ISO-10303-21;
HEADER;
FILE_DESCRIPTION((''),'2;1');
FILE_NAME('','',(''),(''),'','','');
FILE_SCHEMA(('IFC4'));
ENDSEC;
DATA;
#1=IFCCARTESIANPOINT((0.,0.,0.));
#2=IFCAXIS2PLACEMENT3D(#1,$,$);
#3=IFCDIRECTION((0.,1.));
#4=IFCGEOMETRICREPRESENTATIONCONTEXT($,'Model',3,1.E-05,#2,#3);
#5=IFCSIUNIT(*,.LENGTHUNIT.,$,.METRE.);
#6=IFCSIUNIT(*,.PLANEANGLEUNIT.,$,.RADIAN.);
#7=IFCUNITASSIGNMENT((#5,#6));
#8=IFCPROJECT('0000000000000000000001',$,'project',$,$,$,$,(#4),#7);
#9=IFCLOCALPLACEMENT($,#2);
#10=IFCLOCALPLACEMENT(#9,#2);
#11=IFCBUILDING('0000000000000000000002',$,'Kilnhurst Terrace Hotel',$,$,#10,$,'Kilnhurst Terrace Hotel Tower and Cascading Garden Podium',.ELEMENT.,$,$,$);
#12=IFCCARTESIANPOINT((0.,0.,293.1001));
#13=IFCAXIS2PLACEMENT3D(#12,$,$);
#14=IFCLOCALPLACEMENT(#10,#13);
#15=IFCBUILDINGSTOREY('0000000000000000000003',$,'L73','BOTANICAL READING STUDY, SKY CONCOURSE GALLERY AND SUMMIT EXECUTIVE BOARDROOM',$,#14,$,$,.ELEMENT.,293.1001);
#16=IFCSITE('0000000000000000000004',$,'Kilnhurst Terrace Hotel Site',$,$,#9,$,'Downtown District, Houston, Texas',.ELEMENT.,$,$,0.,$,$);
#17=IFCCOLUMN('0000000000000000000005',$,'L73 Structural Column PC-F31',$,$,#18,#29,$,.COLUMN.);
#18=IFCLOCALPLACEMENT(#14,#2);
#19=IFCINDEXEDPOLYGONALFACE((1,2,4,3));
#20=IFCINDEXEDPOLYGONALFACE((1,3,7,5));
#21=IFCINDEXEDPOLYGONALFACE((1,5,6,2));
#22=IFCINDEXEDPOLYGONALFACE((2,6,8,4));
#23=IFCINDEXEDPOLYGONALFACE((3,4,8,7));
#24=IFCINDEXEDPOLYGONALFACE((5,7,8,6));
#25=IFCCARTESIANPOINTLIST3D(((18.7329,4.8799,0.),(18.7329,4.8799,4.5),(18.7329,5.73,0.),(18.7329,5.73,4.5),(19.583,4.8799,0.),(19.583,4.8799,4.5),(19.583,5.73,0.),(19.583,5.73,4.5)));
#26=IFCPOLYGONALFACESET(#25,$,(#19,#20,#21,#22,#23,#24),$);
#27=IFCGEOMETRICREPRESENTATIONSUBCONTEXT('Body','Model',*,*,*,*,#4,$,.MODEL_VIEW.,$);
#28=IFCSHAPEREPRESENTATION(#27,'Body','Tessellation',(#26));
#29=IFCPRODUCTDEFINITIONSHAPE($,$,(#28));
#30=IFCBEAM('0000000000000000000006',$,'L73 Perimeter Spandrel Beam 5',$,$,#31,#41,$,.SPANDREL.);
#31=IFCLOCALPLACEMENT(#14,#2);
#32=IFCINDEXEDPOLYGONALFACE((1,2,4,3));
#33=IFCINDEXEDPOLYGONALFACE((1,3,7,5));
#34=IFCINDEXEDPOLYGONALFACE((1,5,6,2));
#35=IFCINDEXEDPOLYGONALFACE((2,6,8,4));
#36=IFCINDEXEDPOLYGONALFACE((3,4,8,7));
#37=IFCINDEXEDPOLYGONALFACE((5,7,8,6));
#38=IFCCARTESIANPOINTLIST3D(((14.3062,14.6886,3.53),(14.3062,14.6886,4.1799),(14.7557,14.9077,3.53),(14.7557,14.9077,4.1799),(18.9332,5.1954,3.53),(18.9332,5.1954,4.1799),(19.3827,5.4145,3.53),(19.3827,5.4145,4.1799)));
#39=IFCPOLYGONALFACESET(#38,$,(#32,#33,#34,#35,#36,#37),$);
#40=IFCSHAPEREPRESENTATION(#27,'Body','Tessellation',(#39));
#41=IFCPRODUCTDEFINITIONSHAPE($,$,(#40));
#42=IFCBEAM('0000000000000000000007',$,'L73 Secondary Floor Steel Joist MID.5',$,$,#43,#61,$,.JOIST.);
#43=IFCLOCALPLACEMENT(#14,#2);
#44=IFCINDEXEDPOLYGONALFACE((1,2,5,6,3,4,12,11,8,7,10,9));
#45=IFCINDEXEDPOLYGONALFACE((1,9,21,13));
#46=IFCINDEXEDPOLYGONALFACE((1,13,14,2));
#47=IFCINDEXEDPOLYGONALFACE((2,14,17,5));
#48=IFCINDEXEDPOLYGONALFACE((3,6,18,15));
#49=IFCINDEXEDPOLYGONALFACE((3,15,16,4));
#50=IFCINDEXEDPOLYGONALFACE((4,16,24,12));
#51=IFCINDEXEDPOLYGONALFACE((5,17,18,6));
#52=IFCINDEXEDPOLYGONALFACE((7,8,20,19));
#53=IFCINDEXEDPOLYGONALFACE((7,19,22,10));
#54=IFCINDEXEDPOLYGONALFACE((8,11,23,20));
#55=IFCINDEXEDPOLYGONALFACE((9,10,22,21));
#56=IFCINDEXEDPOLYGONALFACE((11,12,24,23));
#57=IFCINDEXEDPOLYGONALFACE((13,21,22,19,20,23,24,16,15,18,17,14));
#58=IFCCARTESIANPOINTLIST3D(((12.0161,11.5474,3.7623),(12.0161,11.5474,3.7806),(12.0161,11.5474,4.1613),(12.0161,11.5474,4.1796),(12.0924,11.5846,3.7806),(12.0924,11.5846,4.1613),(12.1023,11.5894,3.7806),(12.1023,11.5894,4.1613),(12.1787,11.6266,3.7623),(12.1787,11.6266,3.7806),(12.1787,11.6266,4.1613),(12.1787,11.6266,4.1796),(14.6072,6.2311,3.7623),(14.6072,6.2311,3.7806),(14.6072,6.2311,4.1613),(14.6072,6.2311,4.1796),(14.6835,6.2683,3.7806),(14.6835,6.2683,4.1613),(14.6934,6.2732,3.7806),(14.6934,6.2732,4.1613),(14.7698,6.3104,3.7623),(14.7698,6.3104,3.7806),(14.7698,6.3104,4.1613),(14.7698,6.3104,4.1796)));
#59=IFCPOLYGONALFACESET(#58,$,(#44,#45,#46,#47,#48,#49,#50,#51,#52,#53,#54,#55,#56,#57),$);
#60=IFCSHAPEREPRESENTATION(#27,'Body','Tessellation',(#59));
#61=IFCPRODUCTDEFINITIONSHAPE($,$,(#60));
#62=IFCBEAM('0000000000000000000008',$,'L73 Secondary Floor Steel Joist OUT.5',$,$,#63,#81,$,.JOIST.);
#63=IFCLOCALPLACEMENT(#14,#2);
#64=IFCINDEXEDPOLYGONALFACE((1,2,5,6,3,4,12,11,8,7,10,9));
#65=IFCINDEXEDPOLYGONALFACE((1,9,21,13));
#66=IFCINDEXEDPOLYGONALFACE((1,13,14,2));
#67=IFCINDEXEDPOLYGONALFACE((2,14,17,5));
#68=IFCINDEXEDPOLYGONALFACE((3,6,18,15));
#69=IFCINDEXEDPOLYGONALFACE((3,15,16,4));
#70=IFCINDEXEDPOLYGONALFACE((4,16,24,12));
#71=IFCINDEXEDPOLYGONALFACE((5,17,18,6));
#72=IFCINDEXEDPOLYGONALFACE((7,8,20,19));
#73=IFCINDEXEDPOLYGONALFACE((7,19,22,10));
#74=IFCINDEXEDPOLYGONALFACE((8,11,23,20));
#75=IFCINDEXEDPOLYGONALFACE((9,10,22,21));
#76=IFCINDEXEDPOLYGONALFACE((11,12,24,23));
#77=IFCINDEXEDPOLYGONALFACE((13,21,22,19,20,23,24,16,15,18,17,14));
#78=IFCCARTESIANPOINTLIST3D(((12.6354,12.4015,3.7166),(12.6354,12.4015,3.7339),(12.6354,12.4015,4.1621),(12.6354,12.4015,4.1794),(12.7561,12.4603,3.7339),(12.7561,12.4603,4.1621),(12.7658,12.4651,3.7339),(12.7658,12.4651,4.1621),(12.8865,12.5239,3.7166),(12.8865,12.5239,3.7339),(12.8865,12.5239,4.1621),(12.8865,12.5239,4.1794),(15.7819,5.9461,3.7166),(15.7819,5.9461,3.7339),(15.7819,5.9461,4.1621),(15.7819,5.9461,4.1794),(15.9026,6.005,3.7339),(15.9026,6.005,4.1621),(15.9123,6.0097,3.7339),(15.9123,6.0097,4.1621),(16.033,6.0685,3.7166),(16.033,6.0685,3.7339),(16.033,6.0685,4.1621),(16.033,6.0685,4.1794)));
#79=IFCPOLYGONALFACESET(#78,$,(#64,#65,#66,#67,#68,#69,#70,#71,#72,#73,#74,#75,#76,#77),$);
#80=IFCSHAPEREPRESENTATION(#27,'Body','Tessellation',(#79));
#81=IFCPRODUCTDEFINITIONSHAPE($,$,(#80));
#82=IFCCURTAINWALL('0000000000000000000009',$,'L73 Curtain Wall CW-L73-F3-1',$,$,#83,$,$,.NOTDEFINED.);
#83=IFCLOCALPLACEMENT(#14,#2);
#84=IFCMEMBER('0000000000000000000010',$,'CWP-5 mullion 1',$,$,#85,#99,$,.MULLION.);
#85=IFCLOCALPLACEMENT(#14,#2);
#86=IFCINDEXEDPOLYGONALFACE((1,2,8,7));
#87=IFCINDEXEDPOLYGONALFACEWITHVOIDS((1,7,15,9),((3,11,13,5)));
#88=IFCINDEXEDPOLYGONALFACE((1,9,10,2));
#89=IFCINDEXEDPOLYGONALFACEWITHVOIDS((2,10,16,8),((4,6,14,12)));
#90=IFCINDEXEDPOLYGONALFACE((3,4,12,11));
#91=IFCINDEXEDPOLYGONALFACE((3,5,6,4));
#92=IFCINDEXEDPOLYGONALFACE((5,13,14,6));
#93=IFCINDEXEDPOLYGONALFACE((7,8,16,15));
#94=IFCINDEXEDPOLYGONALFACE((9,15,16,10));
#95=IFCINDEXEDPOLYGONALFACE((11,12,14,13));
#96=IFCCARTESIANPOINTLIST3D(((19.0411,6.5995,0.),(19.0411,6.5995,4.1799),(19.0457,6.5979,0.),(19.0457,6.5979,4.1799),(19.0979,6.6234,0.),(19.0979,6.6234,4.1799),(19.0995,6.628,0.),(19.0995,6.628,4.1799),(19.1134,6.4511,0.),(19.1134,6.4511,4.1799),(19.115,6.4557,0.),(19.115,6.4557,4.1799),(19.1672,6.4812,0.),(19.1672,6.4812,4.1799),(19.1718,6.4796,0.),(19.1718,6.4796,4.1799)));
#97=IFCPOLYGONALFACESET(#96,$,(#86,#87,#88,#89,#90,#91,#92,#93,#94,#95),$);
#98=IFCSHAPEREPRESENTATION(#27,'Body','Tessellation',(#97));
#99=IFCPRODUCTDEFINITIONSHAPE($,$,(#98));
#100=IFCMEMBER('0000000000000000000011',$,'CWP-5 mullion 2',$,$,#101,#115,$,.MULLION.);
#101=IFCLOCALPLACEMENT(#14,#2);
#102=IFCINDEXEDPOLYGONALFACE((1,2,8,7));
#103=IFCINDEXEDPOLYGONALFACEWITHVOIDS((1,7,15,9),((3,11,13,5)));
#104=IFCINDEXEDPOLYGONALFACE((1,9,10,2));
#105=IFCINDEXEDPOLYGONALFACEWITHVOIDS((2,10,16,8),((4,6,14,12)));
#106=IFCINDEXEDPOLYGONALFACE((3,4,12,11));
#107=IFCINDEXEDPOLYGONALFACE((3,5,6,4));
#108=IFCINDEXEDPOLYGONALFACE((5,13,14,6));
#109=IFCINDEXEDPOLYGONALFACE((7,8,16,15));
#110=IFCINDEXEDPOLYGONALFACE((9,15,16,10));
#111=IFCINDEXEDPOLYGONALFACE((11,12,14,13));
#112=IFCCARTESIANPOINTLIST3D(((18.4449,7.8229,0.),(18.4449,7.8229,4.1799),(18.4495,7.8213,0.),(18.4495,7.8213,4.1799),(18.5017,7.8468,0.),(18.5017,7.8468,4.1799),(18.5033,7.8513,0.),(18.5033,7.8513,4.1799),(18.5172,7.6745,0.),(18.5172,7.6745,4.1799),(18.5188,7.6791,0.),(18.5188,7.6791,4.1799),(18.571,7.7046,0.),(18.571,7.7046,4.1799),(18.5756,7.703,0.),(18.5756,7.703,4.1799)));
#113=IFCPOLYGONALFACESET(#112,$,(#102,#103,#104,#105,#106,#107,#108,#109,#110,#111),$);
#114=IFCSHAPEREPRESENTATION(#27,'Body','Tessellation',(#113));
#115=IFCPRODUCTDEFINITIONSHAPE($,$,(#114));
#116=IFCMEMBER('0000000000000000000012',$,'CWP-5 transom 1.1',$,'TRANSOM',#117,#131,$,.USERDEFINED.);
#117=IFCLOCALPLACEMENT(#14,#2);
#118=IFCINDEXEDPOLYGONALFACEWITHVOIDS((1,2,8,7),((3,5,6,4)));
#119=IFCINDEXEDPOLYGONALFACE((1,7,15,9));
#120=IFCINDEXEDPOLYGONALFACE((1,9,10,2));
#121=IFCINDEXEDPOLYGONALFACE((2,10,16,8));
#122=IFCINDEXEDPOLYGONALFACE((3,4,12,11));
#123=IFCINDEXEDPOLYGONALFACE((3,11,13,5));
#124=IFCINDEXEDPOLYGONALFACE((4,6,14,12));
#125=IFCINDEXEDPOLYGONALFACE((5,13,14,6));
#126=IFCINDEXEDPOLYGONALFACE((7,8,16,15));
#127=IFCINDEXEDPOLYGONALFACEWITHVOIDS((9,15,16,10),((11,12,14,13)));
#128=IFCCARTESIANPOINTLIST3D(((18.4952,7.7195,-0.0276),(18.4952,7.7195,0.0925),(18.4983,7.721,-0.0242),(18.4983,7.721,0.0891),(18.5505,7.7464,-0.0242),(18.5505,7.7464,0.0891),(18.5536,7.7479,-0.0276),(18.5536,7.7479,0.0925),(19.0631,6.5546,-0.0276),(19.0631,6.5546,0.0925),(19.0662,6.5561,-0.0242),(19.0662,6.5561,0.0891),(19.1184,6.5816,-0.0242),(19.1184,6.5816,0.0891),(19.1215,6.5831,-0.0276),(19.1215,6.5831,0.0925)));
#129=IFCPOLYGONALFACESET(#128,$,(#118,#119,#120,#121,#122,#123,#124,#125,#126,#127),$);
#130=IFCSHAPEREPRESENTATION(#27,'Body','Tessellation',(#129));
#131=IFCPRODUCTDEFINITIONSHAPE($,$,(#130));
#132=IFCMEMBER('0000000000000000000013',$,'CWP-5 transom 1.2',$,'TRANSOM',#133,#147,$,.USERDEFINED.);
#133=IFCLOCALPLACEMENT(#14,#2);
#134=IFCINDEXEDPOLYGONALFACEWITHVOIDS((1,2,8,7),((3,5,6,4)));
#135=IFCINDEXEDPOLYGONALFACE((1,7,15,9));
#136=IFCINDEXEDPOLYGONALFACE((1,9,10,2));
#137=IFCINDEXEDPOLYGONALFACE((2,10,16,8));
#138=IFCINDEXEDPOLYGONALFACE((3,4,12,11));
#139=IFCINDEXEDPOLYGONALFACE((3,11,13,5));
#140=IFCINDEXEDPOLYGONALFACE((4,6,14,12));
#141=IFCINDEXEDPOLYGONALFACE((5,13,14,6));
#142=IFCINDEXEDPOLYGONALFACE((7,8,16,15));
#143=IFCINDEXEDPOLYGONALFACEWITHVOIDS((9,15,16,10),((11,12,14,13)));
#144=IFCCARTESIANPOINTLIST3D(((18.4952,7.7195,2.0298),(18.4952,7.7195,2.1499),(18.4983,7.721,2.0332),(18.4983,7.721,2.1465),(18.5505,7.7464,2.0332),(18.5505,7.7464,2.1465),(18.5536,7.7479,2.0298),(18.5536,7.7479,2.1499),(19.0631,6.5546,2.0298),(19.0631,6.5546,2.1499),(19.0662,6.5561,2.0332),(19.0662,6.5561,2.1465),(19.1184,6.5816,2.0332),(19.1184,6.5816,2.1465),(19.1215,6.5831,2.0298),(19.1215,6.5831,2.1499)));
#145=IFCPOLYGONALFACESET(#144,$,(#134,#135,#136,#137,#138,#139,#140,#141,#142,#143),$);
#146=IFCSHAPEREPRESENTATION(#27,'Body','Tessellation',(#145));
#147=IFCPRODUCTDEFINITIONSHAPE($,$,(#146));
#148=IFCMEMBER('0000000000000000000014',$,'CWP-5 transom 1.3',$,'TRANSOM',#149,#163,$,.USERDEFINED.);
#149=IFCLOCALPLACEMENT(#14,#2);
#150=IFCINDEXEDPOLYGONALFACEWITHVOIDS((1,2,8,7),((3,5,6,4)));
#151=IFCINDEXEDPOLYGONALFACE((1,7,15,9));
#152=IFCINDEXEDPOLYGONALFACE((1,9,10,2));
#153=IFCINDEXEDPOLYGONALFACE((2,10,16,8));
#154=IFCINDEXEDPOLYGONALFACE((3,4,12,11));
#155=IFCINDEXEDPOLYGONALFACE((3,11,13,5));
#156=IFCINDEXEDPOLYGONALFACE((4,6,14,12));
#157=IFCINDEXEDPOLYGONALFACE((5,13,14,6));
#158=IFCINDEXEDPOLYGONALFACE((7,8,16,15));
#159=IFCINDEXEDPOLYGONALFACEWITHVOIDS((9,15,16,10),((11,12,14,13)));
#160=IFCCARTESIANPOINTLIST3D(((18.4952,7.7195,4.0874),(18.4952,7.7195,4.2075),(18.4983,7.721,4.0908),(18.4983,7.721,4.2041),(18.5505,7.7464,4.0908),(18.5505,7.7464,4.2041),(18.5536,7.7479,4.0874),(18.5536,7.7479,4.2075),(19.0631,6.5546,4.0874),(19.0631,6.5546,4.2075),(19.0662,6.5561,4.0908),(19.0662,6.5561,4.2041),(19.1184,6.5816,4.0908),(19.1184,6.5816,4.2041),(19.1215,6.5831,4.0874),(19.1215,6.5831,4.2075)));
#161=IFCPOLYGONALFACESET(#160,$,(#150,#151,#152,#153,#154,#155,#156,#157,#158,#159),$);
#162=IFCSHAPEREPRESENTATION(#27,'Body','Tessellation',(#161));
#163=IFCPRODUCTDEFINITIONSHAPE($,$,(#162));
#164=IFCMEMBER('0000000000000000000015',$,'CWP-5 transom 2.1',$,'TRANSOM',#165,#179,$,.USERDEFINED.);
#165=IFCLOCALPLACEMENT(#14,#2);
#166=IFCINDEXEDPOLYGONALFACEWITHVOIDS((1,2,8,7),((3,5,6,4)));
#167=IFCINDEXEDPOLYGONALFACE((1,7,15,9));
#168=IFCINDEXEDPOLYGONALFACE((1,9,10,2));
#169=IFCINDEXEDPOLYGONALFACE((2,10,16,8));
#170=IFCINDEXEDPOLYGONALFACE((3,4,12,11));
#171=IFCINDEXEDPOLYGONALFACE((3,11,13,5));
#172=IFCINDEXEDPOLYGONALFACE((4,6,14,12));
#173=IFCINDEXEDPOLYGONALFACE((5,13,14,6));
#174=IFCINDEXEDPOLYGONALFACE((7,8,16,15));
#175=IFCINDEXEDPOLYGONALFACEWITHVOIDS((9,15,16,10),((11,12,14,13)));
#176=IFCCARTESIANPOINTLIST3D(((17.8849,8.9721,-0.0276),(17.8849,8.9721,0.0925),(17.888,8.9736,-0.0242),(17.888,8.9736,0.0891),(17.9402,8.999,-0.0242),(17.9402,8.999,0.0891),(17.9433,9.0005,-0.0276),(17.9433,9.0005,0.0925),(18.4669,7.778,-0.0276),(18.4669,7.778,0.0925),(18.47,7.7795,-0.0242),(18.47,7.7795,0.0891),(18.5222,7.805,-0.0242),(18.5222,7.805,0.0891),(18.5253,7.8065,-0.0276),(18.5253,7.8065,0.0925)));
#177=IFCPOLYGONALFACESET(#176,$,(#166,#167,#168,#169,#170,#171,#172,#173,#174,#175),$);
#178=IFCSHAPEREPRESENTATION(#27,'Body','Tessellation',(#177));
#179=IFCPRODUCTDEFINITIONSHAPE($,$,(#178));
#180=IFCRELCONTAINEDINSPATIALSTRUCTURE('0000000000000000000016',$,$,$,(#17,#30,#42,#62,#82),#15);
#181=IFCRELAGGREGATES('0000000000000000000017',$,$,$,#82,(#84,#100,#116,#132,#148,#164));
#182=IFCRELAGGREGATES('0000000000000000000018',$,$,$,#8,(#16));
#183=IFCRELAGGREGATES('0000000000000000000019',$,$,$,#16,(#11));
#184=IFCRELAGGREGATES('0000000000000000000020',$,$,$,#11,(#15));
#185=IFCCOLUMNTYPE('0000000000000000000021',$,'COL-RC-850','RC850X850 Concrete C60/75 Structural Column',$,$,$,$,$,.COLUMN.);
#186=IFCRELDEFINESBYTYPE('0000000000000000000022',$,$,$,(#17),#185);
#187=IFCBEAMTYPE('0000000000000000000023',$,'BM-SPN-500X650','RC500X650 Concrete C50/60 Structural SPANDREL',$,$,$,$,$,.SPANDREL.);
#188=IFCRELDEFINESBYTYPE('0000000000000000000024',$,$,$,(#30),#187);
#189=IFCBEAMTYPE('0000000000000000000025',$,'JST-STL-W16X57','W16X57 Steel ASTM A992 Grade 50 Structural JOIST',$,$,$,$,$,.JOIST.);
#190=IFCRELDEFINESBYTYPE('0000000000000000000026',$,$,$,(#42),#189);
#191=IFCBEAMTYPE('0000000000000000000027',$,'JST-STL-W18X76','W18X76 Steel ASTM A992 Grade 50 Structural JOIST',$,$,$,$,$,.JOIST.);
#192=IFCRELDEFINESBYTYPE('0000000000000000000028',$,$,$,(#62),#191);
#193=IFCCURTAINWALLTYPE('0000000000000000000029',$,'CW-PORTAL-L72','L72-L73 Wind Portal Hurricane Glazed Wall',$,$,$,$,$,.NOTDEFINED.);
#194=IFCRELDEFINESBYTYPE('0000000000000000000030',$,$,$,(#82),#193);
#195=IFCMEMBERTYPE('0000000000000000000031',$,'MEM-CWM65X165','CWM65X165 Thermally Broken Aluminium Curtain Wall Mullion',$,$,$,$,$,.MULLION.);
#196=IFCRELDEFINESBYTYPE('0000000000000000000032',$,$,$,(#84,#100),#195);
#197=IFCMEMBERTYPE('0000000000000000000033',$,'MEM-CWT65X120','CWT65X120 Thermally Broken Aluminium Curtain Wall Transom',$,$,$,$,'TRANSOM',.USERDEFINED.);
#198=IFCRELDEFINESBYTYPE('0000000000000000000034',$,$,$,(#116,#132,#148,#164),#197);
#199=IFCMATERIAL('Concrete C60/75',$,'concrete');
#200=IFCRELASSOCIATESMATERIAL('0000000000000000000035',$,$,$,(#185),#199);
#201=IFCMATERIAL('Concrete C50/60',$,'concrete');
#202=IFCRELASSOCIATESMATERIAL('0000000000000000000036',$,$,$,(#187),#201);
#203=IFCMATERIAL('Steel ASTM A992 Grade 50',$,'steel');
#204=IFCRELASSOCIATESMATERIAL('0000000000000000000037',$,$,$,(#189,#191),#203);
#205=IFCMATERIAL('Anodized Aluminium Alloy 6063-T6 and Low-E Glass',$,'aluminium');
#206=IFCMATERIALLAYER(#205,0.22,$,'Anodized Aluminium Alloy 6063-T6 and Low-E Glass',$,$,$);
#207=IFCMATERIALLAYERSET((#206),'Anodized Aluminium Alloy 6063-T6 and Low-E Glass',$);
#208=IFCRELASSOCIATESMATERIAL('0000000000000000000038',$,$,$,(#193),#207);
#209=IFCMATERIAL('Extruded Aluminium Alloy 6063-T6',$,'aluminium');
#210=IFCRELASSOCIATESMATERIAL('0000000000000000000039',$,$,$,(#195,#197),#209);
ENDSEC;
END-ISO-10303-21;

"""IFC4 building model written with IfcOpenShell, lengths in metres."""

from ifc_helpers import new_model, si_unit, direction, frame, origin, origin_2d, place, context, subcontext, project, spatial, rectangle, hollow_rectangle, i_section, extrude, material, layer, layer_set, material_profile, profile_set, type_object, element, aggregate, save


model = new_model("IFC4")

# Units and contexts
model_context = context("Model", 3, precision=1e-05, world=origin(), true_north=direction((0.0, 1.0)))
body_context = subcontext(model_context, "Body", "Model", "MODEL_VIEW")
ifc_project = project(units=[si_unit("LENGTHUNIT", "METRE"), si_unit("PLANEANGLEUNIT", "RADIAN")], contexts=[model_context])

# Site, building, storey
site_placement = place(None, origin())
site = spatial("IfcSite", under=ifc_project, at=site_placement, Name="Kilnhurst Terrace Hotel Site", LongName="Downtown District, Houston, Texas", CompositionType="ELEMENT", RefElevation=0.0)
building_placement = place(site_placement, origin())
building = spatial("IfcBuilding", under=site, at=building_placement, Name="Kilnhurst Terrace Hotel", LongName="Kilnhurst Terrace Hotel Tower and Cascading Garden Podium", CompositionType="ELEMENT")
storey_placement = place(building_placement, frame((0.0, 0.0, 293.1001)))
storey = spatial("IfcBuildingStorey", under=building, at=storey_placement, Name="L73", Description="BOTANICAL READING STUDY, SKY CONCOURSE GALLERY AND SUMMIT EXECUTIVE BOARDROOM", CompositionType="ELEMENT", Elevation=293.1001)

# Column
ifc_material_1 = material(Name="Concrete C60/75", Category="concrete")
ifc_material_profile_1 = material_profile(ifc_material_1, rectangle(XDim=0.8501, YDim=0.8501, at=origin_2d()), Name="RC850X850")
ifc_profile_set_1 = profile_set([ifc_material_profile_1], Name="Concrete C60/75")
column_type = type_object("IfcColumnType", Name="COL-RC-850", Description="RC850X850 Concrete C60/75 Structural Column", PredefinedType="COLUMN", material=ifc_profile_set_1)
column_placement = place(storey_placement, frame((19.158, 5.3049, 0.0), z_axis=(0.0, 0.0, 1.0), x_axis=(1.0, 0.0, 0.0)))
element("IfcColumn", 1, at=column_placement, inside=storey, type_object=column_type, Name="L73 Structural Column PC-F31", PredefinedType="COLUMN", context=body_context, shape_type="SweptSolid", body=[
    extrude(rectangle(XDim=0.8501, YDim=0.8501, at=origin_2d()), origin(), (0.0, 0.0, 1.0), 4.5),
])

# Beams
ifc_material_2 = material(Name="Concrete C50/60", Category="concrete")
ifc_material_profile_2 = material_profile(ifc_material_2, rectangle(XDim=0.5, YDim=0.6499, at=origin_2d()), Name="RC500X650")
ifc_profile_set_2 = profile_set([ifc_material_profile_2], Name="Concrete C50/60")
beam_type_1 = type_object("IfcBeamType", Name="BM-SPN-500X650", Description="RC500X650 Concrete C50/60 Structural SPANDREL", PredefinedType="SPANDREL", material=ifc_profile_set_2)
beam_1_placement = place(storey_placement, frame((19.158, 5.3049, 3.855), z_axis=(-0.438128, 0.898912, 0.0), x_axis=(-0.898912, -0.438128, 0.0)))
element("IfcBeam", 2, at=beam_1_placement, inside=storey, type_object=beam_type_1, Name="L73 Perimeter Spandrel Beam 5", PredefinedType="SPANDREL", context=body_context, shape_type="SweptSolid", body=[
    extrude(rectangle(XDim=0.5, YDim=0.6499, at=origin_2d()), origin(), (0.0, 0.0, 1.0), 10.5608),
])
ifc_material_3 = material(Name="Steel ASTM A992 Grade 50", Category="steel")
ifc_material_profile_3 = material_profile(ifc_material_3, i_section(OverallWidth=0.1809, OverallDepth=0.4172, WebThickness=0.011, FlangeThickness=0.0183, at=origin_2d()), Name="W16X57")
ifc_profile_set_3 = profile_set([ifc_material_profile_3], Name="Steel ASTM A992 Grade 50")
beam_type_2 = type_object("IfcBeamType", Name="JST-STL-W16X57", Description="W16X57 Steel ASTM A992 Grade 50 Structural JOIST", PredefinedType="JOIST", material=ifc_profile_set_3)
beam_2_placement = place(storey_placement, frame((14.6885, 6.2708, 3.9709), z_axis=(-0.438125, 0.898914, 0.0), x_axis=(-0.898914, -0.438125, 0.0)))
element("IfcBeam", 3, at=beam_2_placement, inside=storey, type_object=beam_type_2, Name="L73 Secondary Floor Steel Joist MID.5", PredefinedType="JOIST", context=body_context, shape_type="SweptSolid", body=[
    extrude(i_section(OverallWidth=0.1809, OverallDepth=0.4172, WebThickness=0.011, FlangeThickness=0.0183, at=origin_2d()), origin(), (0.0, 0.0, 1.0), 5.9141),
])
ifc_material_profile_4 = material_profile(ifc_material_3, i_section(OverallWidth=0.2793, OverallDepth=0.4629, WebThickness=0.0107, FlangeThickness=0.0173, at=origin_2d()), Name="W18X76")
ifc_profile_set_4 = profile_set([ifc_material_profile_4], Name="Steel ASTM A992 Grade 50")
beam_type_3 = type_object("IfcBeamType", Name="JST-STL-W18X76", Description="W18X76 Steel ASTM A992 Grade 50 Structural JOIST", PredefinedType="JOIST", material=ifc_profile_set_4)
beam_3_placement = place(storey_placement, frame((15.9075, 6.0073, 3.948), z_axis=(-0.438148, 0.898903, 0.0), x_axis=(-0.898903, -0.438148, 0.0)))
element("IfcBeam", 4, at=beam_3_placement, inside=storey, type_object=beam_type_3, Name="L73 Secondary Floor Steel Joist OUT.5", PredefinedType="JOIST", context=body_context, shape_type="SweptSolid", body=[
    extrude(i_section(OverallWidth=0.2793, OverallDepth=0.4629, WebThickness=0.0107, FlangeThickness=0.0173, at=origin_2d()), origin(), (0.0, 0.0, 1.0), 7.1814),
])

# Curtain wall, members
ifc_material_4 = material(Name="Anodized Aluminium Alloy 6063-T6 and Low-E Glass", Category="aluminium")
ifc_layer_1 = layer(ifc_material_4, 0.22, Name="Anodized Aluminium Alloy 6063-T6 and Low-E Glass")
ifc_layer_set_1 = layer_set([ifc_layer_1], Name="Anodized Aluminium Alloy 6063-T6 and Low-E Glass")
curtain_wall_type = type_object("IfcCurtainWallType", Name="CW-PORTAL-L72", Description="L72-L73 Wind Portal Hurricane Glazed Wall", PredefinedType="NOTDEFINED", material=ifc_layer_set_1)
curtain_wall_placement = place(storey_placement, origin())
curtain_wall = element("IfcCurtainWall", 5, at=curtain_wall_placement, inside=storey, type_object=curtain_wall_type, Name="L73 Curtain Wall CW-L73-F3-1", PredefinedType="NOTDEFINED")
ifc_material_5 = material(Name="Extruded Aluminium Alloy 6063-T6", Category="aluminium")
ifc_material_profile_5 = material_profile(ifc_material_5, hollow_rectangle(XDim=0.0649, YDim=0.165, WallThickness=0.0034, at=origin_2d()), Name="CWM65X165")
ifc_profile_set_5 = profile_set([ifc_material_profile_5], Name="Extruded Aluminium Alloy 6063-T6")
member_type_1 = type_object("IfcMemberType", Name="MEM-CWM65X165", Description="CWM65X165 Thermally Broken Aluminium Curtain Wall Mullion", PredefinedType="MULLION", material=ifc_profile_set_5)
member_1_placement = place(storey_placement, frame((19.1064, 6.5396, 0.0), z_axis=(0.0, 0.0, 1.0), x_axis=(-0.898912, -0.43813, 0.0)))
member_1 = element("IfcMember", 6, at=member_1_placement, type_object=member_type_1, Name="CWP-5 mullion 1", PredefinedType="MULLION", context=body_context, shape_type="SweptSolid", body=[
    extrude(hollow_rectangle(XDim=0.0649, YDim=0.165, WallThickness=0.0034, at=origin_2d()), origin(), (0.0, 0.0, 1.0), 4.1799),
])
member_2_placement = place(storey_placement, frame((18.5103, 7.7629, 0.0), z_axis=(0.0, 0.0, 1.0), x_axis=(-0.898912, -0.43813, 0.0)))
member_2 = element("IfcMember", 7, at=member_2_placement, type_object=member_type_1, Name="CWP-5 mullion 2", PredefinedType="MULLION", context=body_context, shape_type="SweptSolid", body=[
    extrude(hollow_rectangle(XDim=0.0649, YDim=0.165, WallThickness=0.0034, at=origin_2d()), origin(), (0.0, 0.0, 1.0), 4.1799),
])
ifc_material_profile_6 = material_profile(ifc_material_5, hollow_rectangle(XDim=0.0649, YDim=0.1201, WallThickness=0.0034, at=origin_2d()), Name="CWT65X120")
ifc_profile_set_6 = profile_set([ifc_material_profile_6], Name="Extruded Aluminium Alloy 6063-T6")
member_type_2 = type_object("IfcMemberType", Name="MEM-CWT65X120", Description="CWT65X120 Thermally Broken Aluminium Curtain Wall Transom", ElementType="TRANSOM", PredefinedType="USERDEFINED", material=ifc_profile_set_6)
member_3_placement = place(storey_placement, frame((19.0923, 6.5688, 0.0325), z_axis=(-0.438223, 0.898866, 0.0), x_axis=(-0.898866, -0.438223, 0.0)))
member_3 = element("IfcMember", 8, at=member_3_placement, type_object=member_type_2, Name="CWP-5 transom 1.1", ObjectType="TRANSOM", PredefinedType="USERDEFINED", context=body_context, shape_type="SweptSolid", body=[
    extrude(hollow_rectangle(XDim=0.0649, YDim=0.1201, WallThickness=0.0034, at=origin_2d()), origin(), (0.0, 0.0, 1.0), 1.2959),
])
member_4_placement = place(storey_placement, frame((19.0923, 6.5688, 2.0898), z_axis=(-0.438223, 0.898866, 0.0), x_axis=(-0.898866, -0.438223, 0.0)))
member_4 = element("IfcMember", 9, at=member_4_placement, type_object=member_type_2, Name="CWP-5 transom 1.2", ObjectType="TRANSOM", PredefinedType="USERDEFINED", context=body_context, shape_type="SweptSolid", body=[
    extrude(hollow_rectangle(XDim=0.0649, YDim=0.1201, WallThickness=0.0034, at=origin_2d()), origin(), (0.0, 0.0, 1.0), 1.2959),
])
member_5_placement = place(storey_placement, frame((19.0923, 6.5688, 4.1475), z_axis=(-0.438223, 0.898866, 0.0), x_axis=(-0.898866, -0.438223, 0.0)))
member_5 = element("IfcMember", 10, at=member_5_placement, type_object=member_type_2, Name="CWP-5 transom 1.3", ObjectType="TRANSOM", PredefinedType="USERDEFINED", context=body_context, shape_type="SweptSolid", body=[
    extrude(hollow_rectangle(XDim=0.0649, YDim=0.1201, WallThickness=0.0034, at=origin_2d()), origin(), (0.0, 0.0, 1.0), 1.2959),
])
member_6_placement = place(storey_placement, frame((18.4961, 7.7922, 0.0325), z_axis=(-0.438148, 0.898903, 0.0), x_axis=(-0.898903, -0.438148, 0.0)))
member_6 = element("IfcMember", 11, at=member_6_placement, type_object=member_type_2, Name="CWP-5 transom 2.1", ObjectType="TRANSOM", PredefinedType="USERDEFINED", context=body_context, shape_type="SweptSolid", body=[
    extrude(hollow_rectangle(XDim=0.0649, YDim=0.1201, WallThickness=0.0034, at=origin_2d()), origin(), (0.0, 0.0, 1.0), 1.3284),
])
aggregate(curtain_wall, [member_1, member_2, member_3, member_4, member_5, member_6])

save(model, "model.ifc")
